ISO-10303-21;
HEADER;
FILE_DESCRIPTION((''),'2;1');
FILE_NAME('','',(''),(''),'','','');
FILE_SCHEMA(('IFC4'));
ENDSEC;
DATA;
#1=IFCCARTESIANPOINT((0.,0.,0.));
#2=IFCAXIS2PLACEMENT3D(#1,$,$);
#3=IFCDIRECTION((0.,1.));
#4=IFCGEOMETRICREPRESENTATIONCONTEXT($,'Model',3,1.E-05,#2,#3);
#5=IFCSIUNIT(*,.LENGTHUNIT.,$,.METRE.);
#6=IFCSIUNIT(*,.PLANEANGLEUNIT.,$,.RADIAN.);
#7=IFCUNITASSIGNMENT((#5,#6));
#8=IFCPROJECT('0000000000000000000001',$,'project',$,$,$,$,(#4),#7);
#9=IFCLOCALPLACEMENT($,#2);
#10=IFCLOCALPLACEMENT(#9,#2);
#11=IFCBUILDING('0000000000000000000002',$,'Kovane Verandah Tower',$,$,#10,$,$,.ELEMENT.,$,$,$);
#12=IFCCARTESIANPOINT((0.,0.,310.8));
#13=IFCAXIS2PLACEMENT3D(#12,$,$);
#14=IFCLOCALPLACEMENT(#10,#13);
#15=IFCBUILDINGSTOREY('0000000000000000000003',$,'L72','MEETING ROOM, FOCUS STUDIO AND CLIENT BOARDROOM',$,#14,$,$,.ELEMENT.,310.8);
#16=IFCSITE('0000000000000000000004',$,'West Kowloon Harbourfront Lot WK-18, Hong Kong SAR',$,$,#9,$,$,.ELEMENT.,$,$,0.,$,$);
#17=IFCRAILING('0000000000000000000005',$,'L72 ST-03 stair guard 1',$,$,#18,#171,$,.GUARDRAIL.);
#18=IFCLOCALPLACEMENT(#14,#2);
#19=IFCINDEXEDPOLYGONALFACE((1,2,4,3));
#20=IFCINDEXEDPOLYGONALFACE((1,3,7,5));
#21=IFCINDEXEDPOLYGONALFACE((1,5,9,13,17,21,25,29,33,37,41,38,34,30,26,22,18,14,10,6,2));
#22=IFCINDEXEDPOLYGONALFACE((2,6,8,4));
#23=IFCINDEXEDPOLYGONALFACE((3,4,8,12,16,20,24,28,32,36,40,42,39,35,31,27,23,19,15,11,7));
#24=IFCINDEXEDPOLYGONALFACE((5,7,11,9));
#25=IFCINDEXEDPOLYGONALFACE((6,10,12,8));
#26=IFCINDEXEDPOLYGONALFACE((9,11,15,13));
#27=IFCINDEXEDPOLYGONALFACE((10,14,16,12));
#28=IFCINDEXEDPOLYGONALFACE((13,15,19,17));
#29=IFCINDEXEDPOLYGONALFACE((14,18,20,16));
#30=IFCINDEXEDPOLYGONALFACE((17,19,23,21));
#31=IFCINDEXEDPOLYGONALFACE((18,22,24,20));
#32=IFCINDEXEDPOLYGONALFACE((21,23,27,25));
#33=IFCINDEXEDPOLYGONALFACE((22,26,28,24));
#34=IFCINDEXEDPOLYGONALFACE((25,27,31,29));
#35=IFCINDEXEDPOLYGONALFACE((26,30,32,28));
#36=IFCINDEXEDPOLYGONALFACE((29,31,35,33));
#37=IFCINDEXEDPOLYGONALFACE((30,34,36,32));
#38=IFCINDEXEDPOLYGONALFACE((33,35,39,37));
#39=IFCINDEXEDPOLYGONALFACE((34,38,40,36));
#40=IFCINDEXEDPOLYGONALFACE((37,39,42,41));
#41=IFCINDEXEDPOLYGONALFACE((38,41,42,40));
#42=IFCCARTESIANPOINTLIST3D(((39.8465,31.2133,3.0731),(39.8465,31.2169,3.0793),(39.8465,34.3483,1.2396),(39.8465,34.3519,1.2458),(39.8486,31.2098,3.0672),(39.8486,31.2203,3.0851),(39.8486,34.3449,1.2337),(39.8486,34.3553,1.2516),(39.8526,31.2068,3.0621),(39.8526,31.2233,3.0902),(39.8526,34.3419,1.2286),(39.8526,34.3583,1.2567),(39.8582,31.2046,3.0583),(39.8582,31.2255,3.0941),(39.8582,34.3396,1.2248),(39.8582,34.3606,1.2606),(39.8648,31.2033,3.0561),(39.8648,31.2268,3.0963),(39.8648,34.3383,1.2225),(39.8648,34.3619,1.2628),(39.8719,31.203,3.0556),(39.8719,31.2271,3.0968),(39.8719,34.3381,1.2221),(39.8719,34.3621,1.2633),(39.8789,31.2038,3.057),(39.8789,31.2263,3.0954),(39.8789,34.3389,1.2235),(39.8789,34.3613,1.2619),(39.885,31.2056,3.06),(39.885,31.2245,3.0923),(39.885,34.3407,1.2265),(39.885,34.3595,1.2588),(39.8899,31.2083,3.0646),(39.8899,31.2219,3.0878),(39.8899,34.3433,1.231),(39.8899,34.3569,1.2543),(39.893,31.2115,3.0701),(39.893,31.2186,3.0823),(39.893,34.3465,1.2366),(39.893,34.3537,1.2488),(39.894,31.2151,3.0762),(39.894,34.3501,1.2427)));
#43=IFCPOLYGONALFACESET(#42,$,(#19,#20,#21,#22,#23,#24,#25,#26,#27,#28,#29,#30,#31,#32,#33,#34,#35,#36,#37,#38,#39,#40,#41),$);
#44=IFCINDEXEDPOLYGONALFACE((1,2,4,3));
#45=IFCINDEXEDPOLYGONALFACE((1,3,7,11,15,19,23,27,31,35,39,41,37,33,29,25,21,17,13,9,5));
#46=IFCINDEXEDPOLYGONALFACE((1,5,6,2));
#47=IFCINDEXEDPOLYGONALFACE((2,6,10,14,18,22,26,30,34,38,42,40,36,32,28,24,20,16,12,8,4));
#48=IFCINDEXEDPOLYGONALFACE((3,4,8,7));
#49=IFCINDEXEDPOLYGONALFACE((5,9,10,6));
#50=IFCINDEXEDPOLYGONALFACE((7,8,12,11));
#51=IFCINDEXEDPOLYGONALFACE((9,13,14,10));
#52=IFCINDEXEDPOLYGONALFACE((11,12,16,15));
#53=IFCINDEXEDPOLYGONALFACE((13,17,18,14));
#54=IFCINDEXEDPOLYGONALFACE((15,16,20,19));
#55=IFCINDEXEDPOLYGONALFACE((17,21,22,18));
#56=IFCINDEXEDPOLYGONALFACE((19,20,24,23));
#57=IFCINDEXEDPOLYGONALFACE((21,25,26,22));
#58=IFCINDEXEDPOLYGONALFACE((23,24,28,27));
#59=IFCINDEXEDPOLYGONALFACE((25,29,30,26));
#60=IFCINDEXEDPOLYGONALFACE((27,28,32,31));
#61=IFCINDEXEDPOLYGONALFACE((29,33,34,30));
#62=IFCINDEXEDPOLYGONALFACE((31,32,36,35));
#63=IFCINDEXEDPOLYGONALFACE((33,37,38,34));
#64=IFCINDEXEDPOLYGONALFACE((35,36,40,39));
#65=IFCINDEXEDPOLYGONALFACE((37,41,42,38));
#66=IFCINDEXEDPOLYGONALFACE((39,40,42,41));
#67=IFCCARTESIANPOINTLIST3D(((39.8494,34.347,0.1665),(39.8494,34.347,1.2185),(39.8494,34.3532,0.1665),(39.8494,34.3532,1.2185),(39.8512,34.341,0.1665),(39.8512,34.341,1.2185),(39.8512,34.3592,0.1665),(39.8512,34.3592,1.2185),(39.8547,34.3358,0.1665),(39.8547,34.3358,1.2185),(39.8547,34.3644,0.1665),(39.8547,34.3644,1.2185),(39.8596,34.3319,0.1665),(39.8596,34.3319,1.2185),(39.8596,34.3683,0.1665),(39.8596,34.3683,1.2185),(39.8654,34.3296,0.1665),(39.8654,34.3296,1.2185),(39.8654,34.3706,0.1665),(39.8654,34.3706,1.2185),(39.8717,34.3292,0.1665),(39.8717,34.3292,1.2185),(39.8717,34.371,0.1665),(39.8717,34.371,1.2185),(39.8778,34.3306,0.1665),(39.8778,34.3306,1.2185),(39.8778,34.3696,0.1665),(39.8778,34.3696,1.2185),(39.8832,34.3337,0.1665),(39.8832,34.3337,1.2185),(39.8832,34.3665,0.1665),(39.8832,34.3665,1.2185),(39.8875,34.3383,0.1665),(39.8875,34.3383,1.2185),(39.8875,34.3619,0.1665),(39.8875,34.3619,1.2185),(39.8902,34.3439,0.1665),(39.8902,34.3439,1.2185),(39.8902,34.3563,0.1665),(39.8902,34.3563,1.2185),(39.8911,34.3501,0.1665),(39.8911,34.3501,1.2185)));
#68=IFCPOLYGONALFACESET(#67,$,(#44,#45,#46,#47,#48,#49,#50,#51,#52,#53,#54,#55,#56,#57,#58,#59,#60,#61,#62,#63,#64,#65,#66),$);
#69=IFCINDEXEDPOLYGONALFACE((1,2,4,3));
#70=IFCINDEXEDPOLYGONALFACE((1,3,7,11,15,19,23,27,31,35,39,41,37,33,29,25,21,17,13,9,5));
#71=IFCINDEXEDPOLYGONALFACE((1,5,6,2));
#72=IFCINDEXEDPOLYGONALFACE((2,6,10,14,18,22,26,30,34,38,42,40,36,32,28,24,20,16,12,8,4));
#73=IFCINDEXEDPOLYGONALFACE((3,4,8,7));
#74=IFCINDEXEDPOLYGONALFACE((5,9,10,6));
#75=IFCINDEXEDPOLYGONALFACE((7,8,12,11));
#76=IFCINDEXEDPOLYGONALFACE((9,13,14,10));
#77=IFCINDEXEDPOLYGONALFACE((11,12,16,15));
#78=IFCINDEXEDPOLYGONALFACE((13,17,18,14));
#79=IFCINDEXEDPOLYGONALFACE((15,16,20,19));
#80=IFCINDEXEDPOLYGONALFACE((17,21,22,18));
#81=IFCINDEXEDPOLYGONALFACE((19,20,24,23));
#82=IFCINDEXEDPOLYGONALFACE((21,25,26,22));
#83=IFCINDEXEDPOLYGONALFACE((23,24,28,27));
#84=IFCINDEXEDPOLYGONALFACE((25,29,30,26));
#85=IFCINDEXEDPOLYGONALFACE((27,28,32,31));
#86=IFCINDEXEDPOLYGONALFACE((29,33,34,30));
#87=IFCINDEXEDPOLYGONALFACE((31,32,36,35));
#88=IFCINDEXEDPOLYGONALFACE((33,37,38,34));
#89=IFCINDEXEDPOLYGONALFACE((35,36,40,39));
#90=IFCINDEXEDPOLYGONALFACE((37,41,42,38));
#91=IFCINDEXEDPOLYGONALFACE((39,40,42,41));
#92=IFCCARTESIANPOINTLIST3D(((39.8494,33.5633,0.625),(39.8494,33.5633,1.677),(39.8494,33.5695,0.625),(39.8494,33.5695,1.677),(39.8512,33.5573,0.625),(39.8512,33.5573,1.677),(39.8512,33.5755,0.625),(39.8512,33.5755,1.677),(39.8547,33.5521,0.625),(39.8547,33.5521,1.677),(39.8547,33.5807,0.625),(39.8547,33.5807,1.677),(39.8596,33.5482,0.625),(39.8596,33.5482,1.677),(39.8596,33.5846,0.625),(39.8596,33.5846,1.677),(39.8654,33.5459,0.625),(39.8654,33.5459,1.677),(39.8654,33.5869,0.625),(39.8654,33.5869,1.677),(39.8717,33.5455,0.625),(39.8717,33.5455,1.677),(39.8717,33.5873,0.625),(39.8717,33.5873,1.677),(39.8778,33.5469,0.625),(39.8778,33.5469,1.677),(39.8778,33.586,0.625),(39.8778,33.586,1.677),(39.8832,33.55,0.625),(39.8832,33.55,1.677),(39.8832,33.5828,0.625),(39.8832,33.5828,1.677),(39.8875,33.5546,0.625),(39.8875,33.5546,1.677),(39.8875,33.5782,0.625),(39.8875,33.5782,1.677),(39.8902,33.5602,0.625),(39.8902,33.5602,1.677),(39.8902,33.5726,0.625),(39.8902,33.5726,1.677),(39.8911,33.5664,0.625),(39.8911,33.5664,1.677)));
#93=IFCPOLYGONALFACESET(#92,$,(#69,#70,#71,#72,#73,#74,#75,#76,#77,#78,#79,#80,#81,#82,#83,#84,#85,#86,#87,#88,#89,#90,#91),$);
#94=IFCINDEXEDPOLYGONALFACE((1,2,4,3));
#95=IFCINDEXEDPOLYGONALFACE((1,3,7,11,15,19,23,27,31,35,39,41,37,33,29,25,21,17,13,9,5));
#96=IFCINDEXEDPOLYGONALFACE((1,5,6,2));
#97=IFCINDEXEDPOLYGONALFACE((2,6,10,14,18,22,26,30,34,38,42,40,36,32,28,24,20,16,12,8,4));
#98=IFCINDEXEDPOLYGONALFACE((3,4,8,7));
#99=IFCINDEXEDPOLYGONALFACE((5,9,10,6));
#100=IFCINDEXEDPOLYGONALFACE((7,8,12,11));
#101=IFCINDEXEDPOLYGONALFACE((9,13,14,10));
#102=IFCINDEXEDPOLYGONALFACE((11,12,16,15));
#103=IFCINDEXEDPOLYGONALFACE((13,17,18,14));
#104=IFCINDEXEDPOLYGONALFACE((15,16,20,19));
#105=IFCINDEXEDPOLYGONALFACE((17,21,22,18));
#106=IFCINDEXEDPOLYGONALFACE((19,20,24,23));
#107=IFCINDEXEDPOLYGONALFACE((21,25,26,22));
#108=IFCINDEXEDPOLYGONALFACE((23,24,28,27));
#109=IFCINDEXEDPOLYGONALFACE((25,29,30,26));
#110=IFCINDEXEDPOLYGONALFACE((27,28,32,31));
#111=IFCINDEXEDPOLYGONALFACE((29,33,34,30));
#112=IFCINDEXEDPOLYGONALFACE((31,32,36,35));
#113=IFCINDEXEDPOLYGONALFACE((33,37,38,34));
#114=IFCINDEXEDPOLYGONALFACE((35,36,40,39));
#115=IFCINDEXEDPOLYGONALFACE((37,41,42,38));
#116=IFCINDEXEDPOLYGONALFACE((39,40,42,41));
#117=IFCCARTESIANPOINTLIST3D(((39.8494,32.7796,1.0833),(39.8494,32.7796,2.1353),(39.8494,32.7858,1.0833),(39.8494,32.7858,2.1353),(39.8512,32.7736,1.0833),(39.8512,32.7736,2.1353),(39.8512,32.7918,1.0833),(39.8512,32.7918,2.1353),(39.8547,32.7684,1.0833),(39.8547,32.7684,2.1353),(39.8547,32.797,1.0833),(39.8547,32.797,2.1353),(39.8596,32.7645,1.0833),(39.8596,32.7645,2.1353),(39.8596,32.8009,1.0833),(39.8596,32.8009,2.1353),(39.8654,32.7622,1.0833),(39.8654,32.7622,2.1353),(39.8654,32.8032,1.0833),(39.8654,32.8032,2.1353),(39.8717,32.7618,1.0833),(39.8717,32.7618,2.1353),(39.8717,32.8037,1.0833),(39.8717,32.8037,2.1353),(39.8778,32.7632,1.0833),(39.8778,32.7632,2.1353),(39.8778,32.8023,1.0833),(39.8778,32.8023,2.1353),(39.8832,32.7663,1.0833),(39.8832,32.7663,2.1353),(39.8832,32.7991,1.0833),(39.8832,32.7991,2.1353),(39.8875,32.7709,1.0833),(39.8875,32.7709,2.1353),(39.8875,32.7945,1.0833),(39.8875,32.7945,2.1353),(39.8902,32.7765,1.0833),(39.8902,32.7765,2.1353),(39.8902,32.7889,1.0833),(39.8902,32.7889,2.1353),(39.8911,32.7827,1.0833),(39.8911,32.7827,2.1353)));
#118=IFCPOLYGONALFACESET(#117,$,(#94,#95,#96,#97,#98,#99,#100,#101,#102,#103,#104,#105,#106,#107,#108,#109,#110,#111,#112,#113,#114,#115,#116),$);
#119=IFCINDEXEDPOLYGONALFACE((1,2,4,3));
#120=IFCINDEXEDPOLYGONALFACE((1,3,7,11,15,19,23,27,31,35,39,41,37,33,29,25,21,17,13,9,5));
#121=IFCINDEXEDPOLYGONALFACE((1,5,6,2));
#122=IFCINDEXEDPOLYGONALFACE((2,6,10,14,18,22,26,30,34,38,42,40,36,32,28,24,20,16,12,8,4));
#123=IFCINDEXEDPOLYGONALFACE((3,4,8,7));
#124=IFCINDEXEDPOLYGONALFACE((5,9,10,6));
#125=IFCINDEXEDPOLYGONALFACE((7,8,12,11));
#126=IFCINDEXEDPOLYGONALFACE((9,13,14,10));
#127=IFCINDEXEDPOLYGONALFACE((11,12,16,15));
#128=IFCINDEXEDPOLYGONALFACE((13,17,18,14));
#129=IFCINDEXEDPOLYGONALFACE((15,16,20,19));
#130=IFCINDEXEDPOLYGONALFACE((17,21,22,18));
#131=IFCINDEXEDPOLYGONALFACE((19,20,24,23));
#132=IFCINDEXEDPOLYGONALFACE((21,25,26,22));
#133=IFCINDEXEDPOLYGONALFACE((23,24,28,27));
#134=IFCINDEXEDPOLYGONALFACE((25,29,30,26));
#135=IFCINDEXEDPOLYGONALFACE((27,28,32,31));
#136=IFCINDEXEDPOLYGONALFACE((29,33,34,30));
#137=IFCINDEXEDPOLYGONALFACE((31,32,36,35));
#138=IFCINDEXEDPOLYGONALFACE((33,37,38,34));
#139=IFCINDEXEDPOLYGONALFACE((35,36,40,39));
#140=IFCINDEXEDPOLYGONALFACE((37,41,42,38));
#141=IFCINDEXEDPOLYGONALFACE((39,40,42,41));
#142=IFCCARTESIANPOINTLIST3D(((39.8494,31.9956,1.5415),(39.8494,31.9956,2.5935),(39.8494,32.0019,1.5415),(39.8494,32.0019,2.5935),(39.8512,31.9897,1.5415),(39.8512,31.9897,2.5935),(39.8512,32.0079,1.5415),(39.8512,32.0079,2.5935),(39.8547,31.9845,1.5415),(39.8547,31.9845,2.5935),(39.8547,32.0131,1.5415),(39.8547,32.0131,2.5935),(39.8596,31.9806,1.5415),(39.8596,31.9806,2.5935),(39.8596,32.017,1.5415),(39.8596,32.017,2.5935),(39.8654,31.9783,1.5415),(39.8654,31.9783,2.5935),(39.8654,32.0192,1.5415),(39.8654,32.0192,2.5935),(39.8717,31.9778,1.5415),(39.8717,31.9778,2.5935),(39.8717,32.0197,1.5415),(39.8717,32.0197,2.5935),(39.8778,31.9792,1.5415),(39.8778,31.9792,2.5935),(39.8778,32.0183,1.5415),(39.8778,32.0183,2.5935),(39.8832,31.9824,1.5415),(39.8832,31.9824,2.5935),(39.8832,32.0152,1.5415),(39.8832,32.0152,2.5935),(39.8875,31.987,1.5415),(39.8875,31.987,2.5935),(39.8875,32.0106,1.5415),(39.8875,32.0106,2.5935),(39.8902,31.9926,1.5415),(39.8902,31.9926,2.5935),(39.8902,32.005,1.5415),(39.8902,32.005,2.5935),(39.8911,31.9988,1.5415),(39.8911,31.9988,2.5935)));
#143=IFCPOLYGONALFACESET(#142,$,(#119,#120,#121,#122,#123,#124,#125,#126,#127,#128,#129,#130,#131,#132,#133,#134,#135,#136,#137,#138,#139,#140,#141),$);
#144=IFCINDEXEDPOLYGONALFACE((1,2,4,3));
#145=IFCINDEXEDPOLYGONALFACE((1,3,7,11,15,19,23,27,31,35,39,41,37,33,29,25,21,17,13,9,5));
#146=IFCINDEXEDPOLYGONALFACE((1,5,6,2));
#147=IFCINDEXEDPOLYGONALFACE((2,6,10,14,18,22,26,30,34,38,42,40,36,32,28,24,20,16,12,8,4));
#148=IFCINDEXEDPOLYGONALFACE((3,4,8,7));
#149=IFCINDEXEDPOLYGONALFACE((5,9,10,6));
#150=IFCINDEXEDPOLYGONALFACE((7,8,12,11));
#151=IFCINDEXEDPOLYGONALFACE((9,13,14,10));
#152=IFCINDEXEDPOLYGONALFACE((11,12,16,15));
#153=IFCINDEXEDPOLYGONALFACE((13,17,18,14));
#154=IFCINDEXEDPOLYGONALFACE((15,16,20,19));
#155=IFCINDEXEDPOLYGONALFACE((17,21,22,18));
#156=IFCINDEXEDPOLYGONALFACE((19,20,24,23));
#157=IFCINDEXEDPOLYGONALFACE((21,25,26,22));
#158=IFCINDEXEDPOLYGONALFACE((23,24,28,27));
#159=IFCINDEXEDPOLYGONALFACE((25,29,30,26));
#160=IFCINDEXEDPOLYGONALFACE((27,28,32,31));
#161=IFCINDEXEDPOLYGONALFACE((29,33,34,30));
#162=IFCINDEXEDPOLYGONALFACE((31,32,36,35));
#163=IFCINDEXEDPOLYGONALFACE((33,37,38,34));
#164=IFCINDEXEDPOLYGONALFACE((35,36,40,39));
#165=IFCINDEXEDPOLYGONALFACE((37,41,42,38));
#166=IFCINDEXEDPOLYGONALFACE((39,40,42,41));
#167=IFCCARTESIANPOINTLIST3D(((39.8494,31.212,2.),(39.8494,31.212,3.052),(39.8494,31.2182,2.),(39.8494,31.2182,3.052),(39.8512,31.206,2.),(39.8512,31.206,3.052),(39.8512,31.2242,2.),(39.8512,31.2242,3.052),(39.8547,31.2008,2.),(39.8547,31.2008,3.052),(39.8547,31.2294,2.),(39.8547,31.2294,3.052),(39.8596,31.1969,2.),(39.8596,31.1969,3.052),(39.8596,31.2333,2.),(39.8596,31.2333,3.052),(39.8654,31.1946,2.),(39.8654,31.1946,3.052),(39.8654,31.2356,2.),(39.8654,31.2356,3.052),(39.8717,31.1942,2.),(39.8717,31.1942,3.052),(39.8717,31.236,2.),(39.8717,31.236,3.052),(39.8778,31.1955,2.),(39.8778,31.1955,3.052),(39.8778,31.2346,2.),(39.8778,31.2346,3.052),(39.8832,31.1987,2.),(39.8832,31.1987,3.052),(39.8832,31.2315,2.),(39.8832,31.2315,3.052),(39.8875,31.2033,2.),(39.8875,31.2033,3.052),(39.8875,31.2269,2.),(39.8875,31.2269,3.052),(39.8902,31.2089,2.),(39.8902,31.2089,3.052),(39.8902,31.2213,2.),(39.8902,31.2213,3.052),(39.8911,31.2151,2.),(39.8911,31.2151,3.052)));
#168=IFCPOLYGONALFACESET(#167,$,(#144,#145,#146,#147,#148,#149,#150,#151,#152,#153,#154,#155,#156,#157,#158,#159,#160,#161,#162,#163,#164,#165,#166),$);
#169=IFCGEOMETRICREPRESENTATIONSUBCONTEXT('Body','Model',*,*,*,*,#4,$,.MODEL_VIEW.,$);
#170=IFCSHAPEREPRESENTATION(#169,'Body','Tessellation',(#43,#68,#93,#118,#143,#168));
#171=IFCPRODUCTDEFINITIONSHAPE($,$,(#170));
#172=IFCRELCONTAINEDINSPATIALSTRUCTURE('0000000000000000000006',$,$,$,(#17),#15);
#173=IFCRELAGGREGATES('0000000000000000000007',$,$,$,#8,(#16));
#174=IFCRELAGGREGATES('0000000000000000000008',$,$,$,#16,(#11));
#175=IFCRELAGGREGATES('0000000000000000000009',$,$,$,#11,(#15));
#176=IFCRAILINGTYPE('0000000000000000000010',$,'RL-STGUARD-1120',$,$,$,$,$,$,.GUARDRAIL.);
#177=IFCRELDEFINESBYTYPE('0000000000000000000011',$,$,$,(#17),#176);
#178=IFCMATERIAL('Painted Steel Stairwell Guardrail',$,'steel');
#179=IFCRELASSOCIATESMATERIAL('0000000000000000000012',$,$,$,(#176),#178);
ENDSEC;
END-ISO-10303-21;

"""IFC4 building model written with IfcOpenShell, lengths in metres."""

from ifc_helpers import new_model, si_unit, direction, frame, origin, origin_2d, place, context, subcontext, project, spatial, circle, extrude, material, type_object, element, save


model = new_model("IFC4")

# Units and contexts
model_context = context("Model", 3, precision=1e-05, world=origin(), true_north=direction((0.0, 1.0)))
body_context = subcontext(model_context, "Body", "Model", "MODEL_VIEW")
ifc_project = project(units=[si_unit("LENGTHUNIT", "METRE"), si_unit("PLANEANGLEUNIT", "RADIAN")], contexts=[model_context])

# Site, building, storey
site_placement = place(None, origin())
site = spatial("IfcSite", under=ifc_project, at=site_placement, Name="West Kowloon Harbourfront Lot WK-18, Hong Kong SAR", CompositionType="ELEMENT", RefElevation=0.0)
building_placement = place(site_placement, origin())
building = spatial("IfcBuilding", under=site, at=building_placement, Name="Kovane Verandah Tower", CompositionType="ELEMENT")
storey_placement = place(building_placement, frame((0.0, 0.0, 310.8)))
storey = spatial("IfcBuildingStorey", under=building, at=storey_placement, Name="L72", Description="MEETING ROOM, FOCUS STUDIO AND CLIENT BOARDROOM", CompositionType="ELEMENT", Elevation=310.8)

# Railing
ifc_material_1 = material(Name="Painted Steel Stairwell Guardrail", Category="steel")
railing_type_1 = type_object("IfcRailingType", Name="RL-STGUARD-1120", PredefinedType="GUARDRAIL", material=ifc_material_1)
railing_1_placement = place(storey_placement, frame((39.8701, 34.3501, 0.1665)))
element("IfcRailing", 1, at=railing_1_placement, inside=storey, type_object=railing_type_1, Name="L72 ST-03 stair guard 1", PredefinedType="GUARDRAIL", context=body_context, shape_type="SweptSolid", body=[
    extrude(circle(Radius=0.0239, at=origin_2d()), frame((0.0, 0.0, 1.0762), z_axis=(0.0, -0.86321, 0.504845), x_axis=(1.0, 0.0, 0.0)), (0.0, 0.0, 1.0), 3.6318),
    extrude(circle(Radius=0.021, at=origin_2d()), origin(), (0.0, 0.0, 1.0), 1.052),
    extrude(circle(Radius=0.021, at=origin_2d()), frame((0.0, -0.7837, 0.4585)), (0.0, 0.0, 1.0), 1.052),
    extrude(circle(Radius=0.021, at=origin_2d()), frame((0.0, -1.5674, 0.9167)), (0.0, 0.0, 1.0), 1.052),
    extrude(circle(Radius=0.021, at=origin_2d()), frame((0.0, -2.3513, 1.375)), (0.0, 0.0, 1.0), 1.052),
    extrude(circle(Radius=0.021, at=origin_2d()), frame((0.0, -3.135, 1.8335)), (0.0, 0.0, 1.0), 1.052),
])

save(model, "model.ifc")
